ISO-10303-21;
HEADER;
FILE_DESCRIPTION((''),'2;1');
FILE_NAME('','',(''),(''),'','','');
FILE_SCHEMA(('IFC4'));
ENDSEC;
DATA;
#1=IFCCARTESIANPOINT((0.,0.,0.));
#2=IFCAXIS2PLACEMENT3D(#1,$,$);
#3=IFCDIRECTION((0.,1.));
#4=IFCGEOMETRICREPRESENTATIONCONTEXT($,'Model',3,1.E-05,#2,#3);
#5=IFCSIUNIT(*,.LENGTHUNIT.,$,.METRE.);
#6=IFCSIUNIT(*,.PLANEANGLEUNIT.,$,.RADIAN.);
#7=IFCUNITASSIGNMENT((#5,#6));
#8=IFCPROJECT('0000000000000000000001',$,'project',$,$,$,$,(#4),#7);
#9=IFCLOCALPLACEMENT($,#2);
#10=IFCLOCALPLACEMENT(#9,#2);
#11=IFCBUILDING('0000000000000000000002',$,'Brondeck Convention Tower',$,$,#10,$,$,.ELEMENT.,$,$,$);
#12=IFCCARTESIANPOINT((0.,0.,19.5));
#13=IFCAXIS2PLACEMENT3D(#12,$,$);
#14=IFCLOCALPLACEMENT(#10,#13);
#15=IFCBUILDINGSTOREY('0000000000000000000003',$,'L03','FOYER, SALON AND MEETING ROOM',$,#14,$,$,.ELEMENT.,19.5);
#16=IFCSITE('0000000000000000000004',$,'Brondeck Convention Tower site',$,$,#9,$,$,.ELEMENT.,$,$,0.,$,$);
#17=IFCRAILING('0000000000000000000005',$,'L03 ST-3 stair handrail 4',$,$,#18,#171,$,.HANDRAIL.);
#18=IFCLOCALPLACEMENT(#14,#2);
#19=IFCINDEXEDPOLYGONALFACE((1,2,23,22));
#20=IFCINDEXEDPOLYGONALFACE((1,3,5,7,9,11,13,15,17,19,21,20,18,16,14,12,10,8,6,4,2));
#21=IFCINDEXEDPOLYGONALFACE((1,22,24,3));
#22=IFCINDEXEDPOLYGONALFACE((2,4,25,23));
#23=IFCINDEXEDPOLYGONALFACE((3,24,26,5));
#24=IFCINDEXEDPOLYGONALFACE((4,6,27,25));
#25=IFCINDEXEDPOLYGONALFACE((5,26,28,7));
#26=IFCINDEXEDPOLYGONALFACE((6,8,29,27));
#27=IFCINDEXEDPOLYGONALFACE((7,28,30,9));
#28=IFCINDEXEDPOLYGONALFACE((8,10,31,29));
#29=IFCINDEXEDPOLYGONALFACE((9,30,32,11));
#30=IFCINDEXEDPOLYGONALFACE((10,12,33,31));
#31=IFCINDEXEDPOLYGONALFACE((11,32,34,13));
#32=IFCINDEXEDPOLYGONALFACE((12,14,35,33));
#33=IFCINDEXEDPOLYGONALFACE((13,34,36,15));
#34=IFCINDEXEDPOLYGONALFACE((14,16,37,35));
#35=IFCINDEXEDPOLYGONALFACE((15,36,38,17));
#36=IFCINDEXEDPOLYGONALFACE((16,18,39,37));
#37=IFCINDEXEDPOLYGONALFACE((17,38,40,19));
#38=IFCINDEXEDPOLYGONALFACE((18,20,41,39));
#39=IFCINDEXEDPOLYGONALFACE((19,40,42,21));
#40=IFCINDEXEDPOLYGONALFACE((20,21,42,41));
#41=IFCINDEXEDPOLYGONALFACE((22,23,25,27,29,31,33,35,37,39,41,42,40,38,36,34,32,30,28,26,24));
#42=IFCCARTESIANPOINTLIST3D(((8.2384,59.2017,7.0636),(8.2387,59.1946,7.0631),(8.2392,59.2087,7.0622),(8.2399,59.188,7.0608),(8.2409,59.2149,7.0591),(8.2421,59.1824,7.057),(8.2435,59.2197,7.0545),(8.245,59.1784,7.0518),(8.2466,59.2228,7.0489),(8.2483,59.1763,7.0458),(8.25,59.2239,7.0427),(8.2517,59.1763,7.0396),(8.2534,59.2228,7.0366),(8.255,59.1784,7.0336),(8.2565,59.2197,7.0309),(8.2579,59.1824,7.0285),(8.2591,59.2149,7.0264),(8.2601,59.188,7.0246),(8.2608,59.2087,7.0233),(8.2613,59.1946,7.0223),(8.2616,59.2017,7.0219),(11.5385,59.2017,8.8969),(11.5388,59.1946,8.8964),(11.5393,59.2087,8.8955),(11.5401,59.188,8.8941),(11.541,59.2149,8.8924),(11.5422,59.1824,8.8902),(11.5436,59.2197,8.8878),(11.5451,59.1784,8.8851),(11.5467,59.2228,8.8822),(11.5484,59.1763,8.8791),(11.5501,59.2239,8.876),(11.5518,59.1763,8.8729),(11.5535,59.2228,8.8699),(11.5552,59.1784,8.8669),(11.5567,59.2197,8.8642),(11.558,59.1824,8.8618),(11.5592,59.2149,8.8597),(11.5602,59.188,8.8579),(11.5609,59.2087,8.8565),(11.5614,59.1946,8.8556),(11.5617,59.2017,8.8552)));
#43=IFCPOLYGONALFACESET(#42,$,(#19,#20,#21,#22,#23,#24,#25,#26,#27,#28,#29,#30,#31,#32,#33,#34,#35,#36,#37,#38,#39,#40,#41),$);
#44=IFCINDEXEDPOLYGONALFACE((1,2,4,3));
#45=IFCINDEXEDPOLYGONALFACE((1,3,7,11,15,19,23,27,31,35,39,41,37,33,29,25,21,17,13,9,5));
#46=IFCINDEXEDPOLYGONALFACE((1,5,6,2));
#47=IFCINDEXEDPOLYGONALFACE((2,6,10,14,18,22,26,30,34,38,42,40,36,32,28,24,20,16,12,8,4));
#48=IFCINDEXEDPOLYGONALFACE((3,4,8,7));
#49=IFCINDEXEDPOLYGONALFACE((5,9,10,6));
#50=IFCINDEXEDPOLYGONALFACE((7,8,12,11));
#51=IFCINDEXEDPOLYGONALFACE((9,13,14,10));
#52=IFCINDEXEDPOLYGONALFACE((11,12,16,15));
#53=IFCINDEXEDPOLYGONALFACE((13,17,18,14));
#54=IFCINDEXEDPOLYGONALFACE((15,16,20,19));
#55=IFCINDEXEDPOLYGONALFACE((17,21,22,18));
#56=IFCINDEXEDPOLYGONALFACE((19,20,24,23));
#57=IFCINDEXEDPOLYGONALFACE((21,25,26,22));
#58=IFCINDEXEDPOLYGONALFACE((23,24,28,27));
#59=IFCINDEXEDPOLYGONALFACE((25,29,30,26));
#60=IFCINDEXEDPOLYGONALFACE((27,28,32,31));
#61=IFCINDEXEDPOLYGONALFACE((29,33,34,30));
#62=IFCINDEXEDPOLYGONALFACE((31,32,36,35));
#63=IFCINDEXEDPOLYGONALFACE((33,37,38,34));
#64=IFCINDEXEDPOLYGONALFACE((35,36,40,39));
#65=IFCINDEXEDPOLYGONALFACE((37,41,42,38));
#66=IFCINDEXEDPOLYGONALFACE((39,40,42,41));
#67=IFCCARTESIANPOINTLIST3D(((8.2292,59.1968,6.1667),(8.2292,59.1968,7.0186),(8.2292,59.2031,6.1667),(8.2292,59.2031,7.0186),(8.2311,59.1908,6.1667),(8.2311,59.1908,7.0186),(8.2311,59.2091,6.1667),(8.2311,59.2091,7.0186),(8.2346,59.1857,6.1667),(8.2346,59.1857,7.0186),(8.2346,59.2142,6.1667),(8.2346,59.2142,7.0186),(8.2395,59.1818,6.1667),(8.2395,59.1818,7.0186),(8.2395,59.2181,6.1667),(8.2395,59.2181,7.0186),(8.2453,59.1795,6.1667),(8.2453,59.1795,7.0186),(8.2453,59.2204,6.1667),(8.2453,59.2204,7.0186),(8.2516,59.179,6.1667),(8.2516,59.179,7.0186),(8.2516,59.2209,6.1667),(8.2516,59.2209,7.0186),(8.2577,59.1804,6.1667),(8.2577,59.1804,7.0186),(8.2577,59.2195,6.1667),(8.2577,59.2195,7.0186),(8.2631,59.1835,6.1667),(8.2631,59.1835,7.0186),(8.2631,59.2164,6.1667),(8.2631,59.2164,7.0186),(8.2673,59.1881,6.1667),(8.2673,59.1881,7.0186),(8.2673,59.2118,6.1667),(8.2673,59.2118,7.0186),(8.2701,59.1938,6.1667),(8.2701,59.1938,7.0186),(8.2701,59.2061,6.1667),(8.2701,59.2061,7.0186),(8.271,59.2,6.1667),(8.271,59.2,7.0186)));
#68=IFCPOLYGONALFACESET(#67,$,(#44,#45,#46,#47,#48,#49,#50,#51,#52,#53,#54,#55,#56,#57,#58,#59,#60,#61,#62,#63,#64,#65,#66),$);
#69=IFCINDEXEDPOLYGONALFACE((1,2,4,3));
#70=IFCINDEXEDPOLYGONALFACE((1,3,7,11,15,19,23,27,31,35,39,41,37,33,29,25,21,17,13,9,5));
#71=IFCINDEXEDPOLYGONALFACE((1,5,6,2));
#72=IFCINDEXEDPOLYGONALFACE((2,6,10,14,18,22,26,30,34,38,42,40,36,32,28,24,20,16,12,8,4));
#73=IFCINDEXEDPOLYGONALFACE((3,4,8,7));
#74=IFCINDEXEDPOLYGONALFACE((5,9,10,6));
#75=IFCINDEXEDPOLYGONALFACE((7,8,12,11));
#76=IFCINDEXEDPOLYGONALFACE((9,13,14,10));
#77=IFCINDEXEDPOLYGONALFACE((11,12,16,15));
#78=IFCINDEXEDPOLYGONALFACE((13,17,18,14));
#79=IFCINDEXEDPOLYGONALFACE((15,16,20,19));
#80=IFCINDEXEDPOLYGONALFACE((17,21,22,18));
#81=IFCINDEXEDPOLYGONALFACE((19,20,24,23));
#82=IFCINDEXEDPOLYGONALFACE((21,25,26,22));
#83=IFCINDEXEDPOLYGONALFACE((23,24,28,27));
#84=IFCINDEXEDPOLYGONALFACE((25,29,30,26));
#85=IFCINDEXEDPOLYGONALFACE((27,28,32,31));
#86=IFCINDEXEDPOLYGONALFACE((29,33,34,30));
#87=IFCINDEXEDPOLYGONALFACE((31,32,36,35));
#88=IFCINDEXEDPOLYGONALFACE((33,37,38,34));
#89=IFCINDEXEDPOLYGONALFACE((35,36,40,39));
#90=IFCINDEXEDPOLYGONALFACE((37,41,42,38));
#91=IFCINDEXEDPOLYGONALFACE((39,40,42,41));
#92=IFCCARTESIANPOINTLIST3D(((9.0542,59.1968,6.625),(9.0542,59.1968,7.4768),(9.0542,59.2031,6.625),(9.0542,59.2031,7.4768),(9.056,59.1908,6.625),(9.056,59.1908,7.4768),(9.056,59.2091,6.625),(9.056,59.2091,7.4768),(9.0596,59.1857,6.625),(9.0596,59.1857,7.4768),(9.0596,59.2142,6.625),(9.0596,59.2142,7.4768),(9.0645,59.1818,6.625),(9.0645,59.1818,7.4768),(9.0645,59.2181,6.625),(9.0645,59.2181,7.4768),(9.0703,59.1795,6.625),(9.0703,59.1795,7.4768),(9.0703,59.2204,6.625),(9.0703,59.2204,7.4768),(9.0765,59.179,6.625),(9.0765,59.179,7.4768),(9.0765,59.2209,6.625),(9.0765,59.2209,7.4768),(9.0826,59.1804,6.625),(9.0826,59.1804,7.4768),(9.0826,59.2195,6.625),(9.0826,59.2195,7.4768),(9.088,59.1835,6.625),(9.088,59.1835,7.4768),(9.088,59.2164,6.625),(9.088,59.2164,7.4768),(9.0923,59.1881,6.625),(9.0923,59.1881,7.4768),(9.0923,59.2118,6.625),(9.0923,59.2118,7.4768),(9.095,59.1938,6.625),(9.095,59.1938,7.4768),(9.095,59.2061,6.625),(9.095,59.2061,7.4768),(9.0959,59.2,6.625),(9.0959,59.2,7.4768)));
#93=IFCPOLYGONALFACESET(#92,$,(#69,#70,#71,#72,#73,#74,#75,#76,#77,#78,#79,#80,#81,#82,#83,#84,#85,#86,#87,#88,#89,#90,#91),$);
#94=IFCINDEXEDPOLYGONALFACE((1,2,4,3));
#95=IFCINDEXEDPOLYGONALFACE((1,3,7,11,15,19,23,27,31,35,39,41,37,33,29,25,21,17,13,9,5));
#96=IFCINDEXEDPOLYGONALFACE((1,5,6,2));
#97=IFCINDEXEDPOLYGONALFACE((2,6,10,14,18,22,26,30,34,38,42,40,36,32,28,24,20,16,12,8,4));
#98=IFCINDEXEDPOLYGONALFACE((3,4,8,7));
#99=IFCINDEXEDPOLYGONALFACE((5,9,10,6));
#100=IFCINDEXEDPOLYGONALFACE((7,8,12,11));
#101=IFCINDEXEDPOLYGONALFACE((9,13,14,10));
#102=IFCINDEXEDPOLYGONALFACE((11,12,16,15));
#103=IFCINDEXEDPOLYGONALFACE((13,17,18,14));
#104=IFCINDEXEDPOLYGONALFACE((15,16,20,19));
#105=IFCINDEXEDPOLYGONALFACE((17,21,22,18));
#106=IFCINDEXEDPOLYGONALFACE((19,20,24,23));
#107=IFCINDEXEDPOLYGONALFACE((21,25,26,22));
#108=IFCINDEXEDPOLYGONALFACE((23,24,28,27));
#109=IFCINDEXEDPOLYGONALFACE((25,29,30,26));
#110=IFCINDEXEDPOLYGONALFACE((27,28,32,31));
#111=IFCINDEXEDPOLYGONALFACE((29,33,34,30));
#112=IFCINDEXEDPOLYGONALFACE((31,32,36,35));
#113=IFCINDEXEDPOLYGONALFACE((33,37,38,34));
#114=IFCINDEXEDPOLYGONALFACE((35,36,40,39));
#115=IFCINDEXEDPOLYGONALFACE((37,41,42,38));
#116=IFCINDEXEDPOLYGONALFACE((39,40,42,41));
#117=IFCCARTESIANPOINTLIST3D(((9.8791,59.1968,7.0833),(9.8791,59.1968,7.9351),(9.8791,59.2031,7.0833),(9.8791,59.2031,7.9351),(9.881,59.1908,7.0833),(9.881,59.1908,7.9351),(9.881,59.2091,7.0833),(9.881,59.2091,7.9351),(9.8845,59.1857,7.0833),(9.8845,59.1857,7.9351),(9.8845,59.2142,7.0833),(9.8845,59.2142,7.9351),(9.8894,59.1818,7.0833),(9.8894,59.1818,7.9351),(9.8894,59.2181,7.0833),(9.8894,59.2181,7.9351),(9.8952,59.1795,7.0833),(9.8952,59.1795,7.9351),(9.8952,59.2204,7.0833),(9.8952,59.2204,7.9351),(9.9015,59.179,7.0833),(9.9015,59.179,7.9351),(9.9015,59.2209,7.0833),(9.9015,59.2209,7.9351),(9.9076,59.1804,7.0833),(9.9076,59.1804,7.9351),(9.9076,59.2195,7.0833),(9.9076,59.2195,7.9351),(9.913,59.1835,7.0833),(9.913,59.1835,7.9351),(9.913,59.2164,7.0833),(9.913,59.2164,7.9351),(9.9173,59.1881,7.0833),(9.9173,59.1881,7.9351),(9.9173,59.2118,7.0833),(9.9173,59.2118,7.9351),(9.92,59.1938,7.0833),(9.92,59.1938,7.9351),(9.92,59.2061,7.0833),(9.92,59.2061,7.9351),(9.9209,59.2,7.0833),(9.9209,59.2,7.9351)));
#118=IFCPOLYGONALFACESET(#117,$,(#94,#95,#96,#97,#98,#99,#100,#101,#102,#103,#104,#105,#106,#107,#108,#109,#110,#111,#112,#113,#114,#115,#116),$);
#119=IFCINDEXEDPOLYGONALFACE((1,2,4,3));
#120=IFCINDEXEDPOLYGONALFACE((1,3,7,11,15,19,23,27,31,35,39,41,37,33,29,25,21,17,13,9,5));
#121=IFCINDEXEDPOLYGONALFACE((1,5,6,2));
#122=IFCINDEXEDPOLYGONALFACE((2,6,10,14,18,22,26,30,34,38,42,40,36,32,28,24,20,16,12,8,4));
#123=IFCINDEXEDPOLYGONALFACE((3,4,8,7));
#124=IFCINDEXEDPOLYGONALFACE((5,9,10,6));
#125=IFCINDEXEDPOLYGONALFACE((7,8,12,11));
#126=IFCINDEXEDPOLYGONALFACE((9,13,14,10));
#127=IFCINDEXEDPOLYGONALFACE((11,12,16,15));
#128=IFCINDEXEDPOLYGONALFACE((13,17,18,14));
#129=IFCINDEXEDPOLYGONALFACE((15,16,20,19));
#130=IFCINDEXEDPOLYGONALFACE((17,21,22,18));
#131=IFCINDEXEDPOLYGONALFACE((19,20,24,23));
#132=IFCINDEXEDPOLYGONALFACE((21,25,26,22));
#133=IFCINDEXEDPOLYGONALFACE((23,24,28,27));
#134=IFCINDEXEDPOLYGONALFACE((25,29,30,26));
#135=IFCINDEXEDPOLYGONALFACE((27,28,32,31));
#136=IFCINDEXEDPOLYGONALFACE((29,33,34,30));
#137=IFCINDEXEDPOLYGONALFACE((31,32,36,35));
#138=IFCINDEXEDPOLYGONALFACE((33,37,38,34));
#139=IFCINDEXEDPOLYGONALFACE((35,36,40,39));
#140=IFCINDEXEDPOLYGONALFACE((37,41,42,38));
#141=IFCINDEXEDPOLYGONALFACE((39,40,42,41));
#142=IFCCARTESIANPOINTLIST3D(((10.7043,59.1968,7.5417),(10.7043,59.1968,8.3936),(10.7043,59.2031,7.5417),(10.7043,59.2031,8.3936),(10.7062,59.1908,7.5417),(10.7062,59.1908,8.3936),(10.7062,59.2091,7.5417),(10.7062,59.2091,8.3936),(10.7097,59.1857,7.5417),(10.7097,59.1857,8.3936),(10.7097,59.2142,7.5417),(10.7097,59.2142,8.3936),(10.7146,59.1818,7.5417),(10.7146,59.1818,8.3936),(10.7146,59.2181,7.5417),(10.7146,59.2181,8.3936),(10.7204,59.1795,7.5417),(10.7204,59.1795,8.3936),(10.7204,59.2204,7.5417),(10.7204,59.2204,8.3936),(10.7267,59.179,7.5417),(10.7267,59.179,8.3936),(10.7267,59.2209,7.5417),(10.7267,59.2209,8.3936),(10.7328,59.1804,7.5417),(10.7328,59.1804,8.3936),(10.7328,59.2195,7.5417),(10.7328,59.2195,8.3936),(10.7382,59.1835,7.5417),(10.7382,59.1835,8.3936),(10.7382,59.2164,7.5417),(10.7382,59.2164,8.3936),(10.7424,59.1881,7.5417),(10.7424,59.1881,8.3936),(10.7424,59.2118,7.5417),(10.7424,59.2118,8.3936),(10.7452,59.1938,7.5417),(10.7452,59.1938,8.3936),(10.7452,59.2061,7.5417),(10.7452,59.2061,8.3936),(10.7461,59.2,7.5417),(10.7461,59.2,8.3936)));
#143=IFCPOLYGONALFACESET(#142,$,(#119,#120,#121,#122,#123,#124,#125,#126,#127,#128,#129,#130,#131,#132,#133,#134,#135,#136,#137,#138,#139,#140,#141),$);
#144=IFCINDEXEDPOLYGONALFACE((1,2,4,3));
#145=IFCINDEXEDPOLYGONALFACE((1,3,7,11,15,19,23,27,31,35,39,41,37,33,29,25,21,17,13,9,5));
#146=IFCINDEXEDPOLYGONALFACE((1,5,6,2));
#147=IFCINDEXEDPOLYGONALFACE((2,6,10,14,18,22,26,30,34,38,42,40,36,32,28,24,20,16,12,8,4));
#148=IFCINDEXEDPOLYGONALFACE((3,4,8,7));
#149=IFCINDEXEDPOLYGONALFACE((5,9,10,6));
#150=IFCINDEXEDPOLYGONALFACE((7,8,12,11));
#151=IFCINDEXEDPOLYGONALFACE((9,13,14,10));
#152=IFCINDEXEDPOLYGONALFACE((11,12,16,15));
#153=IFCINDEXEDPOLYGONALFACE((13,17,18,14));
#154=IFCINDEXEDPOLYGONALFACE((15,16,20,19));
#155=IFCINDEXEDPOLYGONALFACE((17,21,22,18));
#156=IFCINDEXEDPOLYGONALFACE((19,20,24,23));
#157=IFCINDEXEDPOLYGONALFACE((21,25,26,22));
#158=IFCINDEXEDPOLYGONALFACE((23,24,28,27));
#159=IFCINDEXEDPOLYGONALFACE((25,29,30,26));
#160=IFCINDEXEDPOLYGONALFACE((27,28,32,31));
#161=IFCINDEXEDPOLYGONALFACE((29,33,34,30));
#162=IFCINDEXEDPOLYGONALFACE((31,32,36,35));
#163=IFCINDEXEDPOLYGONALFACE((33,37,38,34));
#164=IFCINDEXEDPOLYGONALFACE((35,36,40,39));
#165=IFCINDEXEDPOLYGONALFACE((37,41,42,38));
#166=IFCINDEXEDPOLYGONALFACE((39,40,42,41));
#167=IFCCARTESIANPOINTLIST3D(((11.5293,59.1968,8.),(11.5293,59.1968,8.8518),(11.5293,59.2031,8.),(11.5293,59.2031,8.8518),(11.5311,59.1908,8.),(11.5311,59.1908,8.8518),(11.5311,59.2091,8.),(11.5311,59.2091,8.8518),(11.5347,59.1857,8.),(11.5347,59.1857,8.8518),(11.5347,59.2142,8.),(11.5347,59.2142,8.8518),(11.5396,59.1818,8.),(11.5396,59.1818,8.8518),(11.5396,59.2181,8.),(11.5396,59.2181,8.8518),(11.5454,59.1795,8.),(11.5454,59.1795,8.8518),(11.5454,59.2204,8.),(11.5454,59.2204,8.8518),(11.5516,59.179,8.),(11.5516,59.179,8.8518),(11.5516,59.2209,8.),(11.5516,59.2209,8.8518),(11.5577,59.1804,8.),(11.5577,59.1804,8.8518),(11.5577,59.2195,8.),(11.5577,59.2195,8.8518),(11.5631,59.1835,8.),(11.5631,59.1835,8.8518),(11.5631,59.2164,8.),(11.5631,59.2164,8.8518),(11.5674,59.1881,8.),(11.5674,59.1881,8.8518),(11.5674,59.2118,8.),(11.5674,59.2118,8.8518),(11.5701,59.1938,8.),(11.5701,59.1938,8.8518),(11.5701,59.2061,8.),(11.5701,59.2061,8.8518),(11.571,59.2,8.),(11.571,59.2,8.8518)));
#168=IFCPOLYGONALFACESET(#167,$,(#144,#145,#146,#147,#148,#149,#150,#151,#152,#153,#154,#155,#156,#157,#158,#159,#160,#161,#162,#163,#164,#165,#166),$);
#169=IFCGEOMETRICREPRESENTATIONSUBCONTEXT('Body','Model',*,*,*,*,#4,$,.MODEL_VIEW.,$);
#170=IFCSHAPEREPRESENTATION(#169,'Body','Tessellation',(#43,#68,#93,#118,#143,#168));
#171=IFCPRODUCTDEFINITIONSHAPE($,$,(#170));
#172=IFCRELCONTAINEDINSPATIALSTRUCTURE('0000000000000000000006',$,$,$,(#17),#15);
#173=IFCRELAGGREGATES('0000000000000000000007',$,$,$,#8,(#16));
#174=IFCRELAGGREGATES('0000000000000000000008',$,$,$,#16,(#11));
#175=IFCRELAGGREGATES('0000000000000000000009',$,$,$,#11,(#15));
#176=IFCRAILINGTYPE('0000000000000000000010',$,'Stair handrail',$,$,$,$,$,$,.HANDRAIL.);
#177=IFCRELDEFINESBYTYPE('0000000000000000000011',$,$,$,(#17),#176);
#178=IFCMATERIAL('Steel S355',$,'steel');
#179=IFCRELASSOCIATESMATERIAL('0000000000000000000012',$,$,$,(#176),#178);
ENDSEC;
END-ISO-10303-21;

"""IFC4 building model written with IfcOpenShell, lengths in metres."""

from ifc_helpers import new_model, si_unit, direction, frame, origin, origin_2d, place, context, subcontext, project, spatial, circle, extrude, material, type_object, element, save


model = new_model("IFC4")

# Units and contexts
model_context = context("Model", 3, precision=1e-05, world=origin(), true_north=direction((0.0, 1.0)))
body_context = subcontext(model_context, "Body", "Model", "MODEL_VIEW")
ifc_project = project(units=[si_unit("LENGTHUNIT", "METRE"), si_unit("PLANEANGLEUNIT", "RADIAN")], contexts=[model_context])

# Site, building, storey
site_placement = place(None, origin())
site = spatial("IfcSite", under=ifc_project, at=site_placement, Name="Brondeck Convention Tower site", CompositionType="ELEMENT", RefElevation=0.0)
building_placement = place(site_placement, origin())
building = spatial("IfcBuilding", under=site, at=building_placement, Name="Brondeck Convention Tower", CompositionType="ELEMENT")
storey_placement = place(building_placement, frame((0.0, 0.0, 19.5)))
storey = spatial("IfcBuildingStorey", under=building, at=storey_placement, Name="L03", Description="FOYER, SALON AND MEETING ROOM", CompositionType="ELEMENT", Elevation=19.5)

# Shared definitions
ifc_material_1 = material(Name="Steel S355", Category="steel")

# Railing
railing_type_1 = type_object("IfcRailingType", Name="Stair handrail", PredefinedType="HANDRAIL", material=ifc_material_1)
railing_1_placement = place(storey_placement, frame((8.25, 59.2, 6.1667)))
element("IfcRailing", 1, at=railing_1_placement, inside=storey, type_object=railing_type_1, Name="L03 ST-3 stair handrail 4", PredefinedType="HANDRAIL", context=body_context, shape_type="SweptSolid", body=[
    extrude(circle(Radius=0.0239, at=origin_2d()), frame((0.0, 0.0, 0.876), z_axis=(0.874169, 0.0, 0.485621), x_axis=(0.0, 1.0, 0.0)), (0.0, 0.0, 1.0), 3.7751),
    extrude(circle(Radius=0.021, at=origin_2d()), origin(), (0.0, 0.0, 1.0), 0.8518),
    extrude(circle(Radius=0.021, at=origin_2d()), frame((0.825, 0.0, 0.4583)), (0.0, 0.0, 1.0), 0.8518),
    extrude(circle(Radius=0.021, at=origin_2d()), frame((1.6499, 0.0, 0.9165)), (0.0, 0.0, 1.0), 0.8518),
    extrude(circle(Radius=0.021, at=origin_2d()), frame((2.4751, 0.0, 1.375)), (0.0, 0.0, 1.0), 0.8518),
    extrude(circle(Radius=0.021, at=origin_2d()), frame((3.3, 0.0, 1.8333)), (0.0, 0.0, 1.0), 0.8518),
])

save(model, "model.ifc")
